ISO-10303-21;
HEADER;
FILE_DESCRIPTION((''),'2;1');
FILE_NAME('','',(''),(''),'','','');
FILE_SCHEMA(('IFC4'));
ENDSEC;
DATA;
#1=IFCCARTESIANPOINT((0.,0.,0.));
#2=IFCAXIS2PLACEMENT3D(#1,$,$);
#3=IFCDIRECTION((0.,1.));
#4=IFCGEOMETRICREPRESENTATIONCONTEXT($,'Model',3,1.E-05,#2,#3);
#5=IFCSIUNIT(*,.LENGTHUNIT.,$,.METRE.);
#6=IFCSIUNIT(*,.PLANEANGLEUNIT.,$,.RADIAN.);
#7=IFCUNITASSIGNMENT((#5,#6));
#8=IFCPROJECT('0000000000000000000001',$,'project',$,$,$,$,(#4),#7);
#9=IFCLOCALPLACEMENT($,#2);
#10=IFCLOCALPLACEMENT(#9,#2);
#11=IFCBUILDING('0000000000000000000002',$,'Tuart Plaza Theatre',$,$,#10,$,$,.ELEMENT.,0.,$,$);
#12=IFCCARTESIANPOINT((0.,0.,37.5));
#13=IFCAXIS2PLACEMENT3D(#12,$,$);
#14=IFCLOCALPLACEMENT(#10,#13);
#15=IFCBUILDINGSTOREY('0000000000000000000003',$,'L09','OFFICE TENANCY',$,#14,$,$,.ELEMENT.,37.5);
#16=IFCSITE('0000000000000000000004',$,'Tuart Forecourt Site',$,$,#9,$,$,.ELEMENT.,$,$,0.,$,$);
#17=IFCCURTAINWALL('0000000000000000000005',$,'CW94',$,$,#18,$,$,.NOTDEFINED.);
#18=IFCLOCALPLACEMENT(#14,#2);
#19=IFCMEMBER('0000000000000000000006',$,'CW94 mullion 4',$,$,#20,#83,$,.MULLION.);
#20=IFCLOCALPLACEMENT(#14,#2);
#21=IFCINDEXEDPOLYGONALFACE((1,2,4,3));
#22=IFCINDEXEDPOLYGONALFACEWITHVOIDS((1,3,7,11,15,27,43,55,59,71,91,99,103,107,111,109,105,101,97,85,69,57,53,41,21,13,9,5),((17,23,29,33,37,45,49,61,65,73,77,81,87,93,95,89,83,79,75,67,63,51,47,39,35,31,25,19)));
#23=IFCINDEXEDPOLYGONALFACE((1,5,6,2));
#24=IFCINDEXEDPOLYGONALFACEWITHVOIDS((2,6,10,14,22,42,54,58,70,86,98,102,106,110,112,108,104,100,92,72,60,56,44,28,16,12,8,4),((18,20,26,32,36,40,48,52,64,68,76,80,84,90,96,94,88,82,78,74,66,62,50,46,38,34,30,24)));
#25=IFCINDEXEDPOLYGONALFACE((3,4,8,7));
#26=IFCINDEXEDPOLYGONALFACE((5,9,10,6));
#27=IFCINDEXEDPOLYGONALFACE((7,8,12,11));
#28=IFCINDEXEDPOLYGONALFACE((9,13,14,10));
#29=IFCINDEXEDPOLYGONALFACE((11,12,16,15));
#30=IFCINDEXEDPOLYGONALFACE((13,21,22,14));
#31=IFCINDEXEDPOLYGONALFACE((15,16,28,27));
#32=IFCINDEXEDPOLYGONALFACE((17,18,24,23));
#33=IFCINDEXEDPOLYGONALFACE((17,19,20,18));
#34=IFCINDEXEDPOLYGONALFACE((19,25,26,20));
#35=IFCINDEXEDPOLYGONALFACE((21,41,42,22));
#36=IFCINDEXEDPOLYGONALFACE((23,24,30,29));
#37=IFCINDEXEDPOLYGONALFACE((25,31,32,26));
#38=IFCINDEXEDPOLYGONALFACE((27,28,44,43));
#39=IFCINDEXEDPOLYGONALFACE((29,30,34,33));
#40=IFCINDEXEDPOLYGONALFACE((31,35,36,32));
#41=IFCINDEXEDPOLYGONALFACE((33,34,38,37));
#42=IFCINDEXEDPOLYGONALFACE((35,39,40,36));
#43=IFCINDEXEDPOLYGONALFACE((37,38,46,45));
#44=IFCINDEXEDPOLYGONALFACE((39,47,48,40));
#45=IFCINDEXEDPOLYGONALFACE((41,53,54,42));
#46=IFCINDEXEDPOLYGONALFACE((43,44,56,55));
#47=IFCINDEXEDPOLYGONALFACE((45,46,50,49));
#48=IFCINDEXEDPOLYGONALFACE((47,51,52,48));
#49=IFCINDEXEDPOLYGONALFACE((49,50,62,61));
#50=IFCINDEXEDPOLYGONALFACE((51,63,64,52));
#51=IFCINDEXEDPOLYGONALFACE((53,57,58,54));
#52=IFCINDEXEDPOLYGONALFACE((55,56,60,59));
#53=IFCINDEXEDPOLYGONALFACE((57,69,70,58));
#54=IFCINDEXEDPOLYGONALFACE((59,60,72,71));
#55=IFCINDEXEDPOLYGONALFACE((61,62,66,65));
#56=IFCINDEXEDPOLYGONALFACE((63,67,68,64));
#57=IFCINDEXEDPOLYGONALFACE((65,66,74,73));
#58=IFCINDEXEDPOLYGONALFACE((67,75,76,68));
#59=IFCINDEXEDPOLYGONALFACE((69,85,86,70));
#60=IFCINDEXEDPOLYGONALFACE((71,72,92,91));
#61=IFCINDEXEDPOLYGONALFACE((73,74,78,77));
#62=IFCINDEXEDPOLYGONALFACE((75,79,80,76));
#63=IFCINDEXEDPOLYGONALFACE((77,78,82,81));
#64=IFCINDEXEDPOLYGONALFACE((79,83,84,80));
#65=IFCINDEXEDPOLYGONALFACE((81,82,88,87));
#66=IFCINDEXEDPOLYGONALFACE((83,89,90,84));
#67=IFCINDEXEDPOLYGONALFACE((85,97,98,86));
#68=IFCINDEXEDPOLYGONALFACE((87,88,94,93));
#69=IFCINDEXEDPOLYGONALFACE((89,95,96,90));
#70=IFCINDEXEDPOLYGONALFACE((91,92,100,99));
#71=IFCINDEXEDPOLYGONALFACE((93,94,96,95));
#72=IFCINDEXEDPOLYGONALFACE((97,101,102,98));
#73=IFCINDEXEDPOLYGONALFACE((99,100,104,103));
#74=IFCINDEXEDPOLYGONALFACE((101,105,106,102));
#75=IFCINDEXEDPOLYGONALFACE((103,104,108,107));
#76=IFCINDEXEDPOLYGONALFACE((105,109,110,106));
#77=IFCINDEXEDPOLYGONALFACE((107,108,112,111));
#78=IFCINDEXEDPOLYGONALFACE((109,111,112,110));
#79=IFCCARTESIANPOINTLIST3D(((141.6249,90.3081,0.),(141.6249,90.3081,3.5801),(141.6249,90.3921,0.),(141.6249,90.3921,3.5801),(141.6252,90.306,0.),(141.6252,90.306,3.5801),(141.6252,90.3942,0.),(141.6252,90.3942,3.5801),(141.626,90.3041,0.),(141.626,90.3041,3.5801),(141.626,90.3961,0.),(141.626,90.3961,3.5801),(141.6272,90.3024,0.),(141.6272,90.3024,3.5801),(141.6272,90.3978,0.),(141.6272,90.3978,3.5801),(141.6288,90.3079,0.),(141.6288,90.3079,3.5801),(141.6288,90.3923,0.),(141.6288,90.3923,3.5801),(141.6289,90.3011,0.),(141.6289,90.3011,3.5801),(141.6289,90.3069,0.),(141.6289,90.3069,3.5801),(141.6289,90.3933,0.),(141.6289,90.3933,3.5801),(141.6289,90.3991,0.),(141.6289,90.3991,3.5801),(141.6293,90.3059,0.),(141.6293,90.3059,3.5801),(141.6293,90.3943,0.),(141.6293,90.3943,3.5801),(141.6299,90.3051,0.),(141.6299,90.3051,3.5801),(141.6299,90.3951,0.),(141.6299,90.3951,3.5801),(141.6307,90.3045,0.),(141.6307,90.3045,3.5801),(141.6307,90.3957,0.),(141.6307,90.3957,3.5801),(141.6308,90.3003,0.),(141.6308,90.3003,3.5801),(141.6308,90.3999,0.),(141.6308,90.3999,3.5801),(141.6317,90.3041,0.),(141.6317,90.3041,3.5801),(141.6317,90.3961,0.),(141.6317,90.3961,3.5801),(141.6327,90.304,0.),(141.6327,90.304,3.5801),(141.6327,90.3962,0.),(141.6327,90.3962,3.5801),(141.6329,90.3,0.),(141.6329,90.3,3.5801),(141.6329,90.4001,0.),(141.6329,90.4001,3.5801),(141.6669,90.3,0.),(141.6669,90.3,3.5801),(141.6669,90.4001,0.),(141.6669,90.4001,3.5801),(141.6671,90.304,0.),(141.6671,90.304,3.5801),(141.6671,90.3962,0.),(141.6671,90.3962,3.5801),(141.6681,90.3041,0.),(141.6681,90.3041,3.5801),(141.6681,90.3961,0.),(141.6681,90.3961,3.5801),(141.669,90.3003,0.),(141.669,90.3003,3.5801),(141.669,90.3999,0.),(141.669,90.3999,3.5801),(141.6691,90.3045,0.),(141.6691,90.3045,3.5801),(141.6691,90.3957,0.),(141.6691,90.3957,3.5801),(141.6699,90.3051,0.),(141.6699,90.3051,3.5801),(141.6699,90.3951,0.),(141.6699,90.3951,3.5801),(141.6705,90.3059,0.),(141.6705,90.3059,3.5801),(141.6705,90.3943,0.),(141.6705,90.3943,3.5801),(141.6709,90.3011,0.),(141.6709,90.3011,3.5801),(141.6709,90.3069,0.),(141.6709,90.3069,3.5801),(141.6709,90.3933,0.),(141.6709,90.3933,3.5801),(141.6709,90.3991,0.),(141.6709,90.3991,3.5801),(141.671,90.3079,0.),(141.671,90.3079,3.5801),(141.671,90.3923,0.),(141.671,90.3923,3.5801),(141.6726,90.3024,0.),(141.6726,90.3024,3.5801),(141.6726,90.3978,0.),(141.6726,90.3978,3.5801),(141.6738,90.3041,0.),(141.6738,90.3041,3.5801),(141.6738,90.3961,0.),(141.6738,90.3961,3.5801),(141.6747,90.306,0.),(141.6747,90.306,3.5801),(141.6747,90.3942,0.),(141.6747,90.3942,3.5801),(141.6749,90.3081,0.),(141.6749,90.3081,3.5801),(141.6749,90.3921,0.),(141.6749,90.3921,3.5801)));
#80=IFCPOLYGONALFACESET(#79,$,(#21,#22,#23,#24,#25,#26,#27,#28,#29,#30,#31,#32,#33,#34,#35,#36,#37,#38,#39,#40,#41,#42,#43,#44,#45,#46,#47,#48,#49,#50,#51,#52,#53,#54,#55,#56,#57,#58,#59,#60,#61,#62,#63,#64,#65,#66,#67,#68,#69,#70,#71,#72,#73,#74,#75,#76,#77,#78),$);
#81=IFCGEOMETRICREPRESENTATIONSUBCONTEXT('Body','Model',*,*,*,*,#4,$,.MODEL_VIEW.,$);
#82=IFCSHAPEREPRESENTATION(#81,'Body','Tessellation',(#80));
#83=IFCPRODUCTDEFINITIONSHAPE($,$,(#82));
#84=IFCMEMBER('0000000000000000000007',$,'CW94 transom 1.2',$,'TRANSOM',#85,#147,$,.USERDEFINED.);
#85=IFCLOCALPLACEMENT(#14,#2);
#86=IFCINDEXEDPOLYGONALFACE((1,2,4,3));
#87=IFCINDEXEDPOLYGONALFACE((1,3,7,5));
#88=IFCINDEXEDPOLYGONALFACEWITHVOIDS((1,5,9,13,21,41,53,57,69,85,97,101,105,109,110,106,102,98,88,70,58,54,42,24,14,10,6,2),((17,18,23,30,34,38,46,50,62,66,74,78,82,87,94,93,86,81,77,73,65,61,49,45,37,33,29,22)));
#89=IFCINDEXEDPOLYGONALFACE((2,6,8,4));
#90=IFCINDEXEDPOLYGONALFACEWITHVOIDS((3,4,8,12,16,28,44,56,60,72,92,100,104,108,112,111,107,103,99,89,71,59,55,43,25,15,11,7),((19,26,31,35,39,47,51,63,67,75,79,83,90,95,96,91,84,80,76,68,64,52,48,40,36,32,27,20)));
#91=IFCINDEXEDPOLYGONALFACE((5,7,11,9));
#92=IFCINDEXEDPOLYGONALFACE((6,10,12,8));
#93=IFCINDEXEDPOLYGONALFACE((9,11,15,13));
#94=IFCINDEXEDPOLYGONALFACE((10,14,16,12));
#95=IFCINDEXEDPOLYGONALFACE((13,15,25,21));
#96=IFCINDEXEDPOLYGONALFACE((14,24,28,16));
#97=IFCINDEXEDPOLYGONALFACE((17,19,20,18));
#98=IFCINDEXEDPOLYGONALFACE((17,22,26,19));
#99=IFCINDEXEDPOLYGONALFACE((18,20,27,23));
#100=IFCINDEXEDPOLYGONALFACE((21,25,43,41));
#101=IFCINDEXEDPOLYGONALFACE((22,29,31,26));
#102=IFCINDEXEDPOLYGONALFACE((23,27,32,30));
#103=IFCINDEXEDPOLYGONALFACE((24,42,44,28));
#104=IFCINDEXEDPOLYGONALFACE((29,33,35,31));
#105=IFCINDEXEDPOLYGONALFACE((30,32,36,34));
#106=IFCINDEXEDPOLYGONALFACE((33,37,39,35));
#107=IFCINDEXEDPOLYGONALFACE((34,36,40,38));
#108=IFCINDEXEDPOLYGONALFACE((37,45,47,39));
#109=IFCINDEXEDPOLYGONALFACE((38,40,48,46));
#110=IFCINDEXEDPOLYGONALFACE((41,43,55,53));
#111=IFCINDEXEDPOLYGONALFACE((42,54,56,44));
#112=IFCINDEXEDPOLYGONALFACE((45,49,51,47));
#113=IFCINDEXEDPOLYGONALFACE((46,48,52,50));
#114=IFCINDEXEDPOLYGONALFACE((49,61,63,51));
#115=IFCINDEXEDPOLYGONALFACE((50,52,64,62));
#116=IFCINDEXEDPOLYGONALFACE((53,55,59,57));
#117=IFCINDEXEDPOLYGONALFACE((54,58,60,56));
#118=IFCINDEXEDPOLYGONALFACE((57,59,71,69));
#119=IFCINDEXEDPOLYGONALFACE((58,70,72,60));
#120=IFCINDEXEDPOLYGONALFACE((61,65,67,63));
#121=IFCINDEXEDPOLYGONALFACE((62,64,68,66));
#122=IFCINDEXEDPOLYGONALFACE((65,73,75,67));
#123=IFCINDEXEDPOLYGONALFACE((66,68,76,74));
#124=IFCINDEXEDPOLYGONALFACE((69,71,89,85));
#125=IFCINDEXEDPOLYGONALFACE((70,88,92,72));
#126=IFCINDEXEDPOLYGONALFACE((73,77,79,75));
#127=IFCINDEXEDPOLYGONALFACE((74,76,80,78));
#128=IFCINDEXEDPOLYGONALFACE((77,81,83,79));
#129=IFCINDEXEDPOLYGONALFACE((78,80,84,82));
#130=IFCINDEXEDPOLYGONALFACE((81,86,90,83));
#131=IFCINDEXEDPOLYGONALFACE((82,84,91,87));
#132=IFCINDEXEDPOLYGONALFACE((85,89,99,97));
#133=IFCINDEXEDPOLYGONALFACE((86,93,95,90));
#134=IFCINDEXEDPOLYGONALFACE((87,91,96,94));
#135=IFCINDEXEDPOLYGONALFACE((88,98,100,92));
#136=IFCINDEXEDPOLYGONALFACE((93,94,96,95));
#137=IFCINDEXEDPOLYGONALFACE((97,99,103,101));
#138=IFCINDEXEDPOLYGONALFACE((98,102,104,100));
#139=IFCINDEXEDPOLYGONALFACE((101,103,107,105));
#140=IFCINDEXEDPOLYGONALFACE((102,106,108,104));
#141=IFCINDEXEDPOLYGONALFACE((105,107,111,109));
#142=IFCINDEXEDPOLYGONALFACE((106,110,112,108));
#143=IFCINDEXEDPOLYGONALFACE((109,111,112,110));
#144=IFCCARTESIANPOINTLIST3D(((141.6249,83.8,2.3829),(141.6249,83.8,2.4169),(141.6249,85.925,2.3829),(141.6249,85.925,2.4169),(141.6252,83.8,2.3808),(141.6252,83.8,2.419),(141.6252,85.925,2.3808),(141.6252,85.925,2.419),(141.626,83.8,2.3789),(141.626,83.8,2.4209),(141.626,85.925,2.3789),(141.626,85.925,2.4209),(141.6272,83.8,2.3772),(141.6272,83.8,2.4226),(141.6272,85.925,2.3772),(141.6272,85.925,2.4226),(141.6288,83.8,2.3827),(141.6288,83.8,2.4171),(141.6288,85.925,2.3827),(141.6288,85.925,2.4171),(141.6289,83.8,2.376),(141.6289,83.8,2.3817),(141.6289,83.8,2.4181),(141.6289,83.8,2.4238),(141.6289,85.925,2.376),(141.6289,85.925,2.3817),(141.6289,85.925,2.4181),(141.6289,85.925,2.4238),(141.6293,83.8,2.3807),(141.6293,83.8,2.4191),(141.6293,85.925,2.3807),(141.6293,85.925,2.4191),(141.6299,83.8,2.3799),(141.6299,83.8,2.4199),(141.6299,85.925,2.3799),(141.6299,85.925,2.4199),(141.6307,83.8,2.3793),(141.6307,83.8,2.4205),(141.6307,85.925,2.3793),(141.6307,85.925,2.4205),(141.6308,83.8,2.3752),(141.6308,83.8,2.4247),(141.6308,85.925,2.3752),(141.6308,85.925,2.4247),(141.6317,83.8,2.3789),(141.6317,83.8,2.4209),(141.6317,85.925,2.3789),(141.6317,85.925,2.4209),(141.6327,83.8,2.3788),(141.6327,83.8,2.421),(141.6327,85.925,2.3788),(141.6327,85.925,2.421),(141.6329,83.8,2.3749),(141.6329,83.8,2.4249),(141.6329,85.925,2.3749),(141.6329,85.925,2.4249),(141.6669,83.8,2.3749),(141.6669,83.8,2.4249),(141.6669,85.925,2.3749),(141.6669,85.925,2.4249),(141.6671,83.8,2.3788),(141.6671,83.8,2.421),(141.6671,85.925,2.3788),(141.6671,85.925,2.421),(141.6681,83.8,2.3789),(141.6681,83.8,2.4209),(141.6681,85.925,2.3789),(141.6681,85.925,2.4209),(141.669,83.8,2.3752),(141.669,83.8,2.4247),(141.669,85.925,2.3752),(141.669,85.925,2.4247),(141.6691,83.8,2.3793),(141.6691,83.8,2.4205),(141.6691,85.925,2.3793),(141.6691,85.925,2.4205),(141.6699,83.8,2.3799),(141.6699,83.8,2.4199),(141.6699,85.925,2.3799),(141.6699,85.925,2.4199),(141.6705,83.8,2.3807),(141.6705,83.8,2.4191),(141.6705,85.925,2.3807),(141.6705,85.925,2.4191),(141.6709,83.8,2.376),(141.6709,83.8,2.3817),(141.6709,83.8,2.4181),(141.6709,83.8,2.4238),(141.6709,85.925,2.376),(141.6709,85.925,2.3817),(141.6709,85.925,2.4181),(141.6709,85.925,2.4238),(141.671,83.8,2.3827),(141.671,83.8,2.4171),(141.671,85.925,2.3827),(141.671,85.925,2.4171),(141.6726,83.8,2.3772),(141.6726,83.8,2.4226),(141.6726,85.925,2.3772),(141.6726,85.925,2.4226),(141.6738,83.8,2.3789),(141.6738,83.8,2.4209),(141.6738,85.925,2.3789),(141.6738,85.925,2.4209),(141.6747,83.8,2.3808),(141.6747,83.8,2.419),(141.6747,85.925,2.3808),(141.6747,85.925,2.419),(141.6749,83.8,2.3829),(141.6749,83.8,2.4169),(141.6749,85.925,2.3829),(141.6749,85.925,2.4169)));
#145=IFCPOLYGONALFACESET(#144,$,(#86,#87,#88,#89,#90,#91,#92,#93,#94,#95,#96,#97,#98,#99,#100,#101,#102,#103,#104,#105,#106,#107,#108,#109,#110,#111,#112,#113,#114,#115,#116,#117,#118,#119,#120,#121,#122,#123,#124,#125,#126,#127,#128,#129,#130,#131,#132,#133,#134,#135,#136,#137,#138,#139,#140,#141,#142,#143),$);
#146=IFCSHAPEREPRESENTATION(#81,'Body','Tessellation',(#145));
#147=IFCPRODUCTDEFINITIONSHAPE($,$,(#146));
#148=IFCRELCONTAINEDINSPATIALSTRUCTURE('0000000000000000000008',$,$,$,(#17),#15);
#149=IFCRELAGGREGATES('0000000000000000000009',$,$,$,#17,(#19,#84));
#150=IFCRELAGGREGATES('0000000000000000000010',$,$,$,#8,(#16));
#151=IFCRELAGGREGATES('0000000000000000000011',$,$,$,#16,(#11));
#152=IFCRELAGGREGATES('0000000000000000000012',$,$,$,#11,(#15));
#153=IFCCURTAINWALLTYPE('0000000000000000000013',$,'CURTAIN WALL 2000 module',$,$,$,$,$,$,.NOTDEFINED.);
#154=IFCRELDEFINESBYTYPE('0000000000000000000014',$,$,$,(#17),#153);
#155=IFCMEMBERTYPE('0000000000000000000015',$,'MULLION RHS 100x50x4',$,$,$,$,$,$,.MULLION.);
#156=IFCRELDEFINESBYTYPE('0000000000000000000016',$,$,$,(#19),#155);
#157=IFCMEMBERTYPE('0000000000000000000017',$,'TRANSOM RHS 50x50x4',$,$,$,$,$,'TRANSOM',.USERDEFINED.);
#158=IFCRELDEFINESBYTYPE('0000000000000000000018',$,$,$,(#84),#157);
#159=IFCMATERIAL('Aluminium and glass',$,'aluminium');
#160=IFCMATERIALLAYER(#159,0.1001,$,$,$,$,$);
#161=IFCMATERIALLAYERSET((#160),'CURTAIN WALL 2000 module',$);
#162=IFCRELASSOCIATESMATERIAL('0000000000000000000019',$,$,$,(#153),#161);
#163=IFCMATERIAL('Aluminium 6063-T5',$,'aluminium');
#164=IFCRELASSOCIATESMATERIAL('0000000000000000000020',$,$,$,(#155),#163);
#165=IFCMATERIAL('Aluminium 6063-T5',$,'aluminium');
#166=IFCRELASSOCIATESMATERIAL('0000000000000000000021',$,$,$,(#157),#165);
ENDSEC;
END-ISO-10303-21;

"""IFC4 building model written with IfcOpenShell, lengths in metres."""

from ifc_helpers import new_model, si_unit, direction, frame, origin, origin_2d, place, context, subcontext, project, spatial, hollow_rectangle, extrude, material, layer, layer_set, material_profile, profile_set, type_object, element, aggregate, save


model = new_model("IFC4")

# Units and contexts
model_context = context("Model", 3, precision=1e-05, world=origin(), true_north=direction((0.0, 1.0)))
body_context = subcontext(model_context, "Body", "Model", "MODEL_VIEW")
ifc_project = project(units=[si_unit("LENGTHUNIT", "METRE"), si_unit("PLANEANGLEUNIT", "RADIAN")], contexts=[model_context])

# Site, building, storey
site_placement = place(None, origin())
site = spatial("IfcSite", under=ifc_project, at=site_placement, Name="Tuart Forecourt Site", CompositionType="ELEMENT", RefElevation=0.0)
building_placement = place(site_placement, origin())
building = spatial("IfcBuilding", under=site, at=building_placement, Name="Tuart Plaza Theatre", CompositionType="ELEMENT", ElevationOfRefHeight=0.0)
storey_placement = place(building_placement, frame((0.0, 0.0, 37.5)))
storey = spatial("IfcBuildingStorey", under=building, at=storey_placement, Name="L09", Description="OFFICE TENANCY", CompositionType="ELEMENT", Elevation=37.5)

# Curtain wall, members
ifc_material_1 = material(Name="Aluminium and glass", Category="aluminium")
ifc_layer_1 = layer(ifc_material_1, 0.1001)
ifc_layer_set_1 = layer_set([ifc_layer_1], Name="CURTAIN WALL 2000 module")
curtain_wall_type = type_object("IfcCurtainWallType", Name="CURTAIN WALL 2000 module", PredefinedType="NOTDEFINED", material=ifc_layer_set_1)
curtain_wall_placement = place(storey_placement, origin())
curtain_wall = element("IfcCurtainWall", 1, at=curtain_wall_placement, inside=storey, type_object=curtain_wall_type, Name="CW94", PredefinedType="NOTDEFINED")
ifc_material_2 = material(Name="Aluminium 6063-T5", Category="aluminium")
ifc_material_profile_1 = material_profile(ifc_material_2, hollow_rectangle(XDim=0.05, YDim=0.1001, WallThickness=0.0039, InnerFilletRadius=0.0039, OuterFilletRadius=0.0081, at=origin_2d()), Name="RHS 100x50x4")
ifc_profile_set_1 = profile_set([ifc_material_profile_1], Name="Aluminium 6063-T5")
member_type_1 = type_object("IfcMemberType", Name="MULLION RHS 100x50x4", PredefinedType="MULLION", material=ifc_profile_set_1)
member_1_placement = place(storey_placement, frame((141.6499, 90.3501, 0.0), z_axis=(0.0, 0.0, 1.0), x_axis=(-1.0, 0.0, 0.0)))
member_1 = element("IfcMember", 2, at=member_1_placement, type_object=member_type_1, Name="CW94 mullion 4", PredefinedType="MULLION", context=body_context, shape_type="SweptSolid", body=[
    extrude(hollow_rectangle(XDim=0.05, YDim=0.1001, WallThickness=0.0039, InnerFilletRadius=0.0039, OuterFilletRadius=0.0081, at=origin_2d()), origin(), (0.0, 0.0, 1.0), 3.5801),
])
ifc_material_3 = material(Name="Aluminium 6063-T5", Category="aluminium")
ifc_material_profile_2 = material_profile(ifc_material_3, hollow_rectangle(XDim=0.05, YDim=0.05, WallThickness=0.0039, InnerFilletRadius=0.0039, OuterFilletRadius=0.0081, at=origin_2d()), Name="RHS 50x50x4")
ifc_profile_set_2 = profile_set([ifc_material_profile_2], Name="Aluminium 6063-T5")
member_type_2 = type_object("IfcMemberType", Name="TRANSOM RHS 50x50x4", ElementType="TRANSOM", PredefinedType="USERDEFINED", material=ifc_profile_set_2)
member_2_placement = place(storey_placement, frame((141.6499, 83.8, 2.3999), z_axis=(0.0, 1.0, 0.0), x_axis=(-1.0, 0.0, 0.0)))
member_2 = element("IfcMember", 3, at=member_2_placement, type_object=member_type_2, Name="CW94 transom 1.2", ObjectType="TRANSOM", PredefinedType="USERDEFINED", context=body_context, shape_type="SweptSolid", body=[
    extrude(hollow_rectangle(XDim=0.05, YDim=0.05, WallThickness=0.0039, InnerFilletRadius=0.0039, OuterFilletRadius=0.0081, at=origin_2d()), origin(), (0.0, 0.0, 1.0), 2.125),
])
aggregate(curtain_wall, [member_1, member_2])

save(model, "model.ifc")
